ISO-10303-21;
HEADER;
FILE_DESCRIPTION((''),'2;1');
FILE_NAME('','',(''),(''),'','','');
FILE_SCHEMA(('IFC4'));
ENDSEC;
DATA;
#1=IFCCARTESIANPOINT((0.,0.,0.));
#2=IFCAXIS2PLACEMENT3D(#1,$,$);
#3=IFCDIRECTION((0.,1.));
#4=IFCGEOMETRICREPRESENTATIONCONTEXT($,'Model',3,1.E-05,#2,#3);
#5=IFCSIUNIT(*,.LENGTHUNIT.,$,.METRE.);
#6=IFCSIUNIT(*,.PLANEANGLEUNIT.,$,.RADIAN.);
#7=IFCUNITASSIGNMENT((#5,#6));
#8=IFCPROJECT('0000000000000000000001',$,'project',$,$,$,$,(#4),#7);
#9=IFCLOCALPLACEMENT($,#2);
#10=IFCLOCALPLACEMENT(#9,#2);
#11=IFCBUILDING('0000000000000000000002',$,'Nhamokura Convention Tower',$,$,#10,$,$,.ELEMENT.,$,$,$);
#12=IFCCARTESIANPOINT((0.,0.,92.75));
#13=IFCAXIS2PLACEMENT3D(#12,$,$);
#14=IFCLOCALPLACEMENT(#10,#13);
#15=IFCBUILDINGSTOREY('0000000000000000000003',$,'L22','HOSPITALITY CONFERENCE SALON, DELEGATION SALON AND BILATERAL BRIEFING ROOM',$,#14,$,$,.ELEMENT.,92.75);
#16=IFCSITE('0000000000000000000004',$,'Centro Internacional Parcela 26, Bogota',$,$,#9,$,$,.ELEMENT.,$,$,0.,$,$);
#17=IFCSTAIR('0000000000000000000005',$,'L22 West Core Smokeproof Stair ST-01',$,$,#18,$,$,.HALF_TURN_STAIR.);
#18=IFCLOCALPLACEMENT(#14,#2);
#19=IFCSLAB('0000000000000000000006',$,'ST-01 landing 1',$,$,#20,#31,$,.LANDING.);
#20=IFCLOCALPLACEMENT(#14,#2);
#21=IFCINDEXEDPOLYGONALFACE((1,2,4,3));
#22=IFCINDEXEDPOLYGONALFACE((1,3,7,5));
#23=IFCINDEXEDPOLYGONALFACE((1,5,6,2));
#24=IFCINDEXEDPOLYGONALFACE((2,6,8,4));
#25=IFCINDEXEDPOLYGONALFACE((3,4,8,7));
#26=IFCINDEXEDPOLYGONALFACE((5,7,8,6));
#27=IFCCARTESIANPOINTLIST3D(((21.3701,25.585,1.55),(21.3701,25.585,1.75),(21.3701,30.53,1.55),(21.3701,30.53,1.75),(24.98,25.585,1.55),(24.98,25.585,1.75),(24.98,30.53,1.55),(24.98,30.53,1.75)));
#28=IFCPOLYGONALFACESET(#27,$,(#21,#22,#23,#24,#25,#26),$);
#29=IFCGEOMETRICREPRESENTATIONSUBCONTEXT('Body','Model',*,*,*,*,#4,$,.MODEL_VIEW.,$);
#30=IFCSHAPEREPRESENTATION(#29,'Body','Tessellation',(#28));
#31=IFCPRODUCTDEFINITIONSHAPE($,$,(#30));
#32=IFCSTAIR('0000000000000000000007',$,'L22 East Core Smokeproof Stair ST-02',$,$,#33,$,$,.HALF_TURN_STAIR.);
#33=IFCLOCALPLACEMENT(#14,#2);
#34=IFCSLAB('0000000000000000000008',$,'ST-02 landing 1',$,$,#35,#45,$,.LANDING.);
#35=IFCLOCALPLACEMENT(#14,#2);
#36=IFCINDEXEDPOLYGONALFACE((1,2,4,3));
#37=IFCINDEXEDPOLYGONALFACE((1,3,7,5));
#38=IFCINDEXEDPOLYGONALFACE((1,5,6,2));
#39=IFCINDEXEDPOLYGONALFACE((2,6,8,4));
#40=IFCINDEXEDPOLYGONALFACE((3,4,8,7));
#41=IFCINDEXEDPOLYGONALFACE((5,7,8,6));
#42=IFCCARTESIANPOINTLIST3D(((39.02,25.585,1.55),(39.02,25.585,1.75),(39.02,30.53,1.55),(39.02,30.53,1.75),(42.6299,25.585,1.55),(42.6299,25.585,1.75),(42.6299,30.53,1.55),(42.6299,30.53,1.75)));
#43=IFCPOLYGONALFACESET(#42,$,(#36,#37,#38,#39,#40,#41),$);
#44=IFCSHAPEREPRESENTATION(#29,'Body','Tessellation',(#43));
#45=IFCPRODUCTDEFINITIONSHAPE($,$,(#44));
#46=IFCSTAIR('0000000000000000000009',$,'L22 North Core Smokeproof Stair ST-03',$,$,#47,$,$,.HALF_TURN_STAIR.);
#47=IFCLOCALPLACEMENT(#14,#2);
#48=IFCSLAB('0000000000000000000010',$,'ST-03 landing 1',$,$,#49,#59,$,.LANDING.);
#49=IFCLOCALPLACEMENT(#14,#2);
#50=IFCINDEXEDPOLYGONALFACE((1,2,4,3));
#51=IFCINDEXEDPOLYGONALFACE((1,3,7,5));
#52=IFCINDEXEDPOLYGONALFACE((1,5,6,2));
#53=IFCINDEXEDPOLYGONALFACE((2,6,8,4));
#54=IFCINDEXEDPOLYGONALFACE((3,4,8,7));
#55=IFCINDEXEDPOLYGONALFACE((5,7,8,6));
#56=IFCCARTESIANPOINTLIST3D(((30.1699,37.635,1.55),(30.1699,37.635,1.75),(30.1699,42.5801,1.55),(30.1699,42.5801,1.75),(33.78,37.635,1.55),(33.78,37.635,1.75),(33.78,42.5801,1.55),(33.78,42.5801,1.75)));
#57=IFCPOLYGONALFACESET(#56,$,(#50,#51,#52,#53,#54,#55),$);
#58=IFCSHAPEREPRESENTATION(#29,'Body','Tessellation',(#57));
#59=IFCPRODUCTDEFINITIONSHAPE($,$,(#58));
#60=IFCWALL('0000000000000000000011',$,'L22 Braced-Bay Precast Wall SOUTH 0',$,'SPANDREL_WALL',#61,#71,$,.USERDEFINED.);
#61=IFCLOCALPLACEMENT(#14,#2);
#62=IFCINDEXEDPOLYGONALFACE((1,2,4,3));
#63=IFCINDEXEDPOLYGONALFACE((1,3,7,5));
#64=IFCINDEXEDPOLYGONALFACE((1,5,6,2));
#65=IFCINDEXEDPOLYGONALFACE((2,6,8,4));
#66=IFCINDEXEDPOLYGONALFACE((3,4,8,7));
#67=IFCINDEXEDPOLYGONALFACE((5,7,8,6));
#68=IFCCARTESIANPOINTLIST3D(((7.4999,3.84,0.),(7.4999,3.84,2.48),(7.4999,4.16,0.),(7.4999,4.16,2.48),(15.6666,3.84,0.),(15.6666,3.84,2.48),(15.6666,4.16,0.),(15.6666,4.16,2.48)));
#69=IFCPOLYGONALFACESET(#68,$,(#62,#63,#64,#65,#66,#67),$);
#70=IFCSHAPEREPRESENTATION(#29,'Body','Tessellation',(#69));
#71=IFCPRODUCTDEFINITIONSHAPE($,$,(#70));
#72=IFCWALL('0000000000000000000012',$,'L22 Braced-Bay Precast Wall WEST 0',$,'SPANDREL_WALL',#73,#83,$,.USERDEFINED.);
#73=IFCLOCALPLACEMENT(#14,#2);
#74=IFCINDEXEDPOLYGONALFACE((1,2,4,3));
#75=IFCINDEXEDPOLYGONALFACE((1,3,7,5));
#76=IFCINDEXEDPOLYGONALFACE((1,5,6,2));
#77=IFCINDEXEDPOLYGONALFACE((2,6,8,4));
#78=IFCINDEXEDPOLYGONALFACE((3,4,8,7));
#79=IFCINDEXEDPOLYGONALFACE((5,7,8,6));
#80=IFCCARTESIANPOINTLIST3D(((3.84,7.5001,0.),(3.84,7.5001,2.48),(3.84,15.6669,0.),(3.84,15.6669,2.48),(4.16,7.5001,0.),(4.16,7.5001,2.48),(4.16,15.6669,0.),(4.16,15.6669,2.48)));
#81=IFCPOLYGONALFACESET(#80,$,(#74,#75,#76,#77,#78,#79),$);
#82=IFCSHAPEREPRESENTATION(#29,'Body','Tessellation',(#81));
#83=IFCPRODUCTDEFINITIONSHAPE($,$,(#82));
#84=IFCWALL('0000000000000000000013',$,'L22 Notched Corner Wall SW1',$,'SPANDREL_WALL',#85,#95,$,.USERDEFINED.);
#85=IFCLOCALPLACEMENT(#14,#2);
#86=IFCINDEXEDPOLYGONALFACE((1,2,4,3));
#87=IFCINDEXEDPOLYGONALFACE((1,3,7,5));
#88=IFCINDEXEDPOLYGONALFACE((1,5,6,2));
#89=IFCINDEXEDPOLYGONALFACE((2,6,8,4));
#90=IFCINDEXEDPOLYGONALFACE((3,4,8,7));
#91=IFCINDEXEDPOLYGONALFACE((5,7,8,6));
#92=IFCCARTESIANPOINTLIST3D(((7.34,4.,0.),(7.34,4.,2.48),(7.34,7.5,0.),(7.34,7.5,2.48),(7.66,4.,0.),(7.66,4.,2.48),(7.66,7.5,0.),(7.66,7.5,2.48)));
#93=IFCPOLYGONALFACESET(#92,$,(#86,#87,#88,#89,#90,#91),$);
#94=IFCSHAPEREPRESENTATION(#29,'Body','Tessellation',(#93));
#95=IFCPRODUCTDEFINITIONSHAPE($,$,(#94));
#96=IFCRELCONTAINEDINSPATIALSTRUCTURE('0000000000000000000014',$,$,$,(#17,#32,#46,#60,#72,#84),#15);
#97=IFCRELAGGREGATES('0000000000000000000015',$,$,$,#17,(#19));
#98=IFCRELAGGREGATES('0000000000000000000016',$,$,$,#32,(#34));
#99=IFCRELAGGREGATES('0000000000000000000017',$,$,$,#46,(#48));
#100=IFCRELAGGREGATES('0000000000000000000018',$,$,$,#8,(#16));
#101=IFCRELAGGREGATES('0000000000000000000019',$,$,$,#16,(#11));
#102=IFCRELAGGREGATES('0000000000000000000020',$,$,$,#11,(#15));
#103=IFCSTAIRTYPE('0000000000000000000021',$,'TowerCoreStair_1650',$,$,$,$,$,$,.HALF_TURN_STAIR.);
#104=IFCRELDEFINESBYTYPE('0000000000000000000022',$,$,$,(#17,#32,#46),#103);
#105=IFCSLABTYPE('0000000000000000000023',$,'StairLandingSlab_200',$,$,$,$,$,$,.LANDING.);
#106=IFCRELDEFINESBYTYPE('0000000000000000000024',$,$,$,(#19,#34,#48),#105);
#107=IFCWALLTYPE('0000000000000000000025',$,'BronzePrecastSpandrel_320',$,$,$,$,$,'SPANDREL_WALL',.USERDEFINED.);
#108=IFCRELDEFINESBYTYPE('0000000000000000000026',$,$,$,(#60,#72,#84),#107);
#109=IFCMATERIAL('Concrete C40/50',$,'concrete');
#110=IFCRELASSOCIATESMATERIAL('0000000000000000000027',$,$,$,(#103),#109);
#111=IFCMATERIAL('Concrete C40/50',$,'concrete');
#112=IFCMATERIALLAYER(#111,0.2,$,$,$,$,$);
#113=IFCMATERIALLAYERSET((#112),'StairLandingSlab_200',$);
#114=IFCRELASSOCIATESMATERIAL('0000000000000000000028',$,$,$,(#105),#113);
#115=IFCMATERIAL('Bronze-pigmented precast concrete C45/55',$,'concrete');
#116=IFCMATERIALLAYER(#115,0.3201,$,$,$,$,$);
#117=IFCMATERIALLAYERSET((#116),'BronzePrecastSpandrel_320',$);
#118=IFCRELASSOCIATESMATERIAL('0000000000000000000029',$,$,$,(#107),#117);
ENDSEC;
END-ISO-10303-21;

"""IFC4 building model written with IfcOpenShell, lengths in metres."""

from ifc_helpers import new_model, si_unit, direction, frame, frame_2d, origin, place, context, subcontext, project, spatial, polyline, rectangle, outline, extrude, material, layer, layer_set, type_object, element, aggregate, save


model = new_model("IFC4")

# Units and contexts
model_context = context("Model", 3, precision=1e-05, world=origin(), true_north=direction((0.0, 1.0)))
body_context = subcontext(model_context, "Body", "Model", "MODEL_VIEW")
ifc_project = project(units=[si_unit("LENGTHUNIT", "METRE"), si_unit("PLANEANGLEUNIT", "RADIAN")], contexts=[model_context])

# Site, building, storey
site_placement = place(None, origin())
site = spatial("IfcSite", under=ifc_project, at=site_placement, Name="Centro Internacional Parcela 26, Bogota", CompositionType="ELEMENT", RefElevation=0.0)
building_placement = place(site_placement, origin())
building = spatial("IfcBuilding", under=site, at=building_placement, Name="Nhamokura Convention Tower", CompositionType="ELEMENT")
storey_placement = place(building_placement, frame((0.0, 0.0, 92.75)))
storey = spatial("IfcBuildingStorey", under=building, at=storey_placement, Name="L22", Description="HOSPITALITY CONFERENCE SALON, DELEGATION SALON AND BILATERAL BRIEFING ROOM", CompositionType="ELEMENT", Elevation=92.75)

# Stairs, slabs
ifc_material_1 = material(Name="Concrete C40/50", Category="concrete")
stair_type = type_object("IfcStairType", Name="TowerCoreStair_1650", PredefinedType="HALF_TURN_STAIR", material=ifc_material_1)
stair_1_placement = place(storey_placement, origin())
stair_1 = element("IfcStair", 1, at=stair_1_placement, inside=storey, type_object=stair_type, Name="L22 West Core Smokeproof Stair ST-01", PredefinedType="HALF_TURN_STAIR")
ifc_material_2 = material(Name="Concrete C40/50", Category="concrete")
ifc_layer_1 = layer(ifc_material_2, 0.2)
ifc_layer_set_1 = layer_set([ifc_layer_1], Name="StairLandingSlab_200")
slab_type_1 = type_object("IfcSlabType", Name="StairLandingSlab_200", PredefinedType="LANDING", material=ifc_layer_set_1)
slab_1_placement = place(storey_placement, frame((0.0, 0.0, 1.55)))
slab_1 = element("IfcSlab", 2, at=slab_1_placement, type_object=slab_type_1, Name="ST-01 landing 1", PredefinedType="LANDING", context=body_context, shape_type="SweptSolid", body=[
    extrude(outline(polyline([(24.98, 25.585), (24.98, 30.53), (21.3701, 30.53), (21.3701, 25.585), (24.98, 25.585)])), origin(), (0.0, 0.0, 1.0), 0.2),
])
aggregate(stair_1, [slab_1])
stair_2_placement = place(storey_placement, origin())
stair_2 = element("IfcStair", 3, at=stair_2_placement, inside=storey, type_object=stair_type, Name="L22 East Core Smokeproof Stair ST-02", PredefinedType="HALF_TURN_STAIR")
slab_2_placement = place(storey_placement, frame((0.0, 0.0, 1.55)))
slab_2 = element("IfcSlab", 4, at=slab_2_placement, type_object=slab_type_1, Name="ST-02 landing 1", PredefinedType="LANDING", context=body_context, shape_type="SweptSolid", body=[
    extrude(outline(polyline([(42.6299, 25.585), (42.6299, 30.53), (39.02, 30.53), (39.02, 25.585), (42.6299, 25.585)])), origin(), (0.0, 0.0, 1.0), 0.2),
])
aggregate(stair_2, [slab_2])
stair_3_placement = place(storey_placement, origin())
stair_3 = element("IfcStair", 5, at=stair_3_placement, inside=storey, type_object=stair_type, Name="L22 North Core Smokeproof Stair ST-03", PredefinedType="HALF_TURN_STAIR")
slab_3_placement = place(storey_placement, frame((0.0, 0.0, 1.55)))
slab_3 = element("IfcSlab", 6, at=slab_3_placement, type_object=slab_type_1, Name="ST-03 landing 1", PredefinedType="LANDING", context=body_context, shape_type="SweptSolid", body=[
    extrude(outline(polyline([(33.78, 37.635), (33.78, 42.5801), (30.1699, 42.5801), (30.1699, 37.635), (33.78, 37.635)])), origin(), (0.0, 0.0, 1.0), 0.2),
])
aggregate(stair_3, [slab_3])

# Walls
ifc_material_3 = material(Name="Bronze-pigmented precast concrete C45/55", Category="concrete")
ifc_layer_2 = layer(ifc_material_3, 0.3201)
ifc_layer_set_2 = layer_set([ifc_layer_2], Name="BronzePrecastSpandrel_320")
wall_type = type_object("IfcWallType", Name="BronzePrecastSpandrel_320", ElementType="SPANDREL_WALL", PredefinedType="USERDEFINED", material=ifc_layer_set_2)
for number, where, z_axis, x_axis, name in (
    (7, (15.6667, 4.0, 0.0), (0.0, 0.0, 1.0), (-1.0, 0.0, 0.0), "L22 Braced-Bay Precast Wall SOUTH 0"),
    (8, (4.0, 7.5, 0.0), (0.0, 0.0, 1.0), (0.0, 1.0, 0.0), "L22 Braced-Bay Precast Wall WEST 0"),
):
    element("IfcWall", number, at=place(storey_placement, frame(where, z_axis=z_axis, x_axis=x_axis)), inside=storey, type_object=wall_type, Name=name, ObjectType="SPANDREL_WALL", PredefinedType="USERDEFINED", context=body_context, shape_type="SweptSolid", body=[
        extrude(rectangle(XDim=8.1667, YDim=0.3201, at=frame_2d((4.0835, 0.0))), origin(), (0.0, 0.0, 1.0), 2.48),
    ])
wall_placement = place(storey_placement, frame((7.5, 4.0, 0.0), z_axis=(0.0, 0.0, 1.0), x_axis=(0.0, 1.0, 0.0)))
element("IfcWall", 9, at=wall_placement, inside=storey, type_object=wall_type, Name="L22 Notched Corner Wall SW1", ObjectType="SPANDREL_WALL", PredefinedType="USERDEFINED", context=body_context, shape_type="SweptSolid", body=[
    extrude(rectangle(XDim=3.5, YDim=0.3201, at=frame_2d((1.75, 0.0))), origin(), (0.0, 0.0, 1.0), 2.48),
])

save(model, "model.ifc")
